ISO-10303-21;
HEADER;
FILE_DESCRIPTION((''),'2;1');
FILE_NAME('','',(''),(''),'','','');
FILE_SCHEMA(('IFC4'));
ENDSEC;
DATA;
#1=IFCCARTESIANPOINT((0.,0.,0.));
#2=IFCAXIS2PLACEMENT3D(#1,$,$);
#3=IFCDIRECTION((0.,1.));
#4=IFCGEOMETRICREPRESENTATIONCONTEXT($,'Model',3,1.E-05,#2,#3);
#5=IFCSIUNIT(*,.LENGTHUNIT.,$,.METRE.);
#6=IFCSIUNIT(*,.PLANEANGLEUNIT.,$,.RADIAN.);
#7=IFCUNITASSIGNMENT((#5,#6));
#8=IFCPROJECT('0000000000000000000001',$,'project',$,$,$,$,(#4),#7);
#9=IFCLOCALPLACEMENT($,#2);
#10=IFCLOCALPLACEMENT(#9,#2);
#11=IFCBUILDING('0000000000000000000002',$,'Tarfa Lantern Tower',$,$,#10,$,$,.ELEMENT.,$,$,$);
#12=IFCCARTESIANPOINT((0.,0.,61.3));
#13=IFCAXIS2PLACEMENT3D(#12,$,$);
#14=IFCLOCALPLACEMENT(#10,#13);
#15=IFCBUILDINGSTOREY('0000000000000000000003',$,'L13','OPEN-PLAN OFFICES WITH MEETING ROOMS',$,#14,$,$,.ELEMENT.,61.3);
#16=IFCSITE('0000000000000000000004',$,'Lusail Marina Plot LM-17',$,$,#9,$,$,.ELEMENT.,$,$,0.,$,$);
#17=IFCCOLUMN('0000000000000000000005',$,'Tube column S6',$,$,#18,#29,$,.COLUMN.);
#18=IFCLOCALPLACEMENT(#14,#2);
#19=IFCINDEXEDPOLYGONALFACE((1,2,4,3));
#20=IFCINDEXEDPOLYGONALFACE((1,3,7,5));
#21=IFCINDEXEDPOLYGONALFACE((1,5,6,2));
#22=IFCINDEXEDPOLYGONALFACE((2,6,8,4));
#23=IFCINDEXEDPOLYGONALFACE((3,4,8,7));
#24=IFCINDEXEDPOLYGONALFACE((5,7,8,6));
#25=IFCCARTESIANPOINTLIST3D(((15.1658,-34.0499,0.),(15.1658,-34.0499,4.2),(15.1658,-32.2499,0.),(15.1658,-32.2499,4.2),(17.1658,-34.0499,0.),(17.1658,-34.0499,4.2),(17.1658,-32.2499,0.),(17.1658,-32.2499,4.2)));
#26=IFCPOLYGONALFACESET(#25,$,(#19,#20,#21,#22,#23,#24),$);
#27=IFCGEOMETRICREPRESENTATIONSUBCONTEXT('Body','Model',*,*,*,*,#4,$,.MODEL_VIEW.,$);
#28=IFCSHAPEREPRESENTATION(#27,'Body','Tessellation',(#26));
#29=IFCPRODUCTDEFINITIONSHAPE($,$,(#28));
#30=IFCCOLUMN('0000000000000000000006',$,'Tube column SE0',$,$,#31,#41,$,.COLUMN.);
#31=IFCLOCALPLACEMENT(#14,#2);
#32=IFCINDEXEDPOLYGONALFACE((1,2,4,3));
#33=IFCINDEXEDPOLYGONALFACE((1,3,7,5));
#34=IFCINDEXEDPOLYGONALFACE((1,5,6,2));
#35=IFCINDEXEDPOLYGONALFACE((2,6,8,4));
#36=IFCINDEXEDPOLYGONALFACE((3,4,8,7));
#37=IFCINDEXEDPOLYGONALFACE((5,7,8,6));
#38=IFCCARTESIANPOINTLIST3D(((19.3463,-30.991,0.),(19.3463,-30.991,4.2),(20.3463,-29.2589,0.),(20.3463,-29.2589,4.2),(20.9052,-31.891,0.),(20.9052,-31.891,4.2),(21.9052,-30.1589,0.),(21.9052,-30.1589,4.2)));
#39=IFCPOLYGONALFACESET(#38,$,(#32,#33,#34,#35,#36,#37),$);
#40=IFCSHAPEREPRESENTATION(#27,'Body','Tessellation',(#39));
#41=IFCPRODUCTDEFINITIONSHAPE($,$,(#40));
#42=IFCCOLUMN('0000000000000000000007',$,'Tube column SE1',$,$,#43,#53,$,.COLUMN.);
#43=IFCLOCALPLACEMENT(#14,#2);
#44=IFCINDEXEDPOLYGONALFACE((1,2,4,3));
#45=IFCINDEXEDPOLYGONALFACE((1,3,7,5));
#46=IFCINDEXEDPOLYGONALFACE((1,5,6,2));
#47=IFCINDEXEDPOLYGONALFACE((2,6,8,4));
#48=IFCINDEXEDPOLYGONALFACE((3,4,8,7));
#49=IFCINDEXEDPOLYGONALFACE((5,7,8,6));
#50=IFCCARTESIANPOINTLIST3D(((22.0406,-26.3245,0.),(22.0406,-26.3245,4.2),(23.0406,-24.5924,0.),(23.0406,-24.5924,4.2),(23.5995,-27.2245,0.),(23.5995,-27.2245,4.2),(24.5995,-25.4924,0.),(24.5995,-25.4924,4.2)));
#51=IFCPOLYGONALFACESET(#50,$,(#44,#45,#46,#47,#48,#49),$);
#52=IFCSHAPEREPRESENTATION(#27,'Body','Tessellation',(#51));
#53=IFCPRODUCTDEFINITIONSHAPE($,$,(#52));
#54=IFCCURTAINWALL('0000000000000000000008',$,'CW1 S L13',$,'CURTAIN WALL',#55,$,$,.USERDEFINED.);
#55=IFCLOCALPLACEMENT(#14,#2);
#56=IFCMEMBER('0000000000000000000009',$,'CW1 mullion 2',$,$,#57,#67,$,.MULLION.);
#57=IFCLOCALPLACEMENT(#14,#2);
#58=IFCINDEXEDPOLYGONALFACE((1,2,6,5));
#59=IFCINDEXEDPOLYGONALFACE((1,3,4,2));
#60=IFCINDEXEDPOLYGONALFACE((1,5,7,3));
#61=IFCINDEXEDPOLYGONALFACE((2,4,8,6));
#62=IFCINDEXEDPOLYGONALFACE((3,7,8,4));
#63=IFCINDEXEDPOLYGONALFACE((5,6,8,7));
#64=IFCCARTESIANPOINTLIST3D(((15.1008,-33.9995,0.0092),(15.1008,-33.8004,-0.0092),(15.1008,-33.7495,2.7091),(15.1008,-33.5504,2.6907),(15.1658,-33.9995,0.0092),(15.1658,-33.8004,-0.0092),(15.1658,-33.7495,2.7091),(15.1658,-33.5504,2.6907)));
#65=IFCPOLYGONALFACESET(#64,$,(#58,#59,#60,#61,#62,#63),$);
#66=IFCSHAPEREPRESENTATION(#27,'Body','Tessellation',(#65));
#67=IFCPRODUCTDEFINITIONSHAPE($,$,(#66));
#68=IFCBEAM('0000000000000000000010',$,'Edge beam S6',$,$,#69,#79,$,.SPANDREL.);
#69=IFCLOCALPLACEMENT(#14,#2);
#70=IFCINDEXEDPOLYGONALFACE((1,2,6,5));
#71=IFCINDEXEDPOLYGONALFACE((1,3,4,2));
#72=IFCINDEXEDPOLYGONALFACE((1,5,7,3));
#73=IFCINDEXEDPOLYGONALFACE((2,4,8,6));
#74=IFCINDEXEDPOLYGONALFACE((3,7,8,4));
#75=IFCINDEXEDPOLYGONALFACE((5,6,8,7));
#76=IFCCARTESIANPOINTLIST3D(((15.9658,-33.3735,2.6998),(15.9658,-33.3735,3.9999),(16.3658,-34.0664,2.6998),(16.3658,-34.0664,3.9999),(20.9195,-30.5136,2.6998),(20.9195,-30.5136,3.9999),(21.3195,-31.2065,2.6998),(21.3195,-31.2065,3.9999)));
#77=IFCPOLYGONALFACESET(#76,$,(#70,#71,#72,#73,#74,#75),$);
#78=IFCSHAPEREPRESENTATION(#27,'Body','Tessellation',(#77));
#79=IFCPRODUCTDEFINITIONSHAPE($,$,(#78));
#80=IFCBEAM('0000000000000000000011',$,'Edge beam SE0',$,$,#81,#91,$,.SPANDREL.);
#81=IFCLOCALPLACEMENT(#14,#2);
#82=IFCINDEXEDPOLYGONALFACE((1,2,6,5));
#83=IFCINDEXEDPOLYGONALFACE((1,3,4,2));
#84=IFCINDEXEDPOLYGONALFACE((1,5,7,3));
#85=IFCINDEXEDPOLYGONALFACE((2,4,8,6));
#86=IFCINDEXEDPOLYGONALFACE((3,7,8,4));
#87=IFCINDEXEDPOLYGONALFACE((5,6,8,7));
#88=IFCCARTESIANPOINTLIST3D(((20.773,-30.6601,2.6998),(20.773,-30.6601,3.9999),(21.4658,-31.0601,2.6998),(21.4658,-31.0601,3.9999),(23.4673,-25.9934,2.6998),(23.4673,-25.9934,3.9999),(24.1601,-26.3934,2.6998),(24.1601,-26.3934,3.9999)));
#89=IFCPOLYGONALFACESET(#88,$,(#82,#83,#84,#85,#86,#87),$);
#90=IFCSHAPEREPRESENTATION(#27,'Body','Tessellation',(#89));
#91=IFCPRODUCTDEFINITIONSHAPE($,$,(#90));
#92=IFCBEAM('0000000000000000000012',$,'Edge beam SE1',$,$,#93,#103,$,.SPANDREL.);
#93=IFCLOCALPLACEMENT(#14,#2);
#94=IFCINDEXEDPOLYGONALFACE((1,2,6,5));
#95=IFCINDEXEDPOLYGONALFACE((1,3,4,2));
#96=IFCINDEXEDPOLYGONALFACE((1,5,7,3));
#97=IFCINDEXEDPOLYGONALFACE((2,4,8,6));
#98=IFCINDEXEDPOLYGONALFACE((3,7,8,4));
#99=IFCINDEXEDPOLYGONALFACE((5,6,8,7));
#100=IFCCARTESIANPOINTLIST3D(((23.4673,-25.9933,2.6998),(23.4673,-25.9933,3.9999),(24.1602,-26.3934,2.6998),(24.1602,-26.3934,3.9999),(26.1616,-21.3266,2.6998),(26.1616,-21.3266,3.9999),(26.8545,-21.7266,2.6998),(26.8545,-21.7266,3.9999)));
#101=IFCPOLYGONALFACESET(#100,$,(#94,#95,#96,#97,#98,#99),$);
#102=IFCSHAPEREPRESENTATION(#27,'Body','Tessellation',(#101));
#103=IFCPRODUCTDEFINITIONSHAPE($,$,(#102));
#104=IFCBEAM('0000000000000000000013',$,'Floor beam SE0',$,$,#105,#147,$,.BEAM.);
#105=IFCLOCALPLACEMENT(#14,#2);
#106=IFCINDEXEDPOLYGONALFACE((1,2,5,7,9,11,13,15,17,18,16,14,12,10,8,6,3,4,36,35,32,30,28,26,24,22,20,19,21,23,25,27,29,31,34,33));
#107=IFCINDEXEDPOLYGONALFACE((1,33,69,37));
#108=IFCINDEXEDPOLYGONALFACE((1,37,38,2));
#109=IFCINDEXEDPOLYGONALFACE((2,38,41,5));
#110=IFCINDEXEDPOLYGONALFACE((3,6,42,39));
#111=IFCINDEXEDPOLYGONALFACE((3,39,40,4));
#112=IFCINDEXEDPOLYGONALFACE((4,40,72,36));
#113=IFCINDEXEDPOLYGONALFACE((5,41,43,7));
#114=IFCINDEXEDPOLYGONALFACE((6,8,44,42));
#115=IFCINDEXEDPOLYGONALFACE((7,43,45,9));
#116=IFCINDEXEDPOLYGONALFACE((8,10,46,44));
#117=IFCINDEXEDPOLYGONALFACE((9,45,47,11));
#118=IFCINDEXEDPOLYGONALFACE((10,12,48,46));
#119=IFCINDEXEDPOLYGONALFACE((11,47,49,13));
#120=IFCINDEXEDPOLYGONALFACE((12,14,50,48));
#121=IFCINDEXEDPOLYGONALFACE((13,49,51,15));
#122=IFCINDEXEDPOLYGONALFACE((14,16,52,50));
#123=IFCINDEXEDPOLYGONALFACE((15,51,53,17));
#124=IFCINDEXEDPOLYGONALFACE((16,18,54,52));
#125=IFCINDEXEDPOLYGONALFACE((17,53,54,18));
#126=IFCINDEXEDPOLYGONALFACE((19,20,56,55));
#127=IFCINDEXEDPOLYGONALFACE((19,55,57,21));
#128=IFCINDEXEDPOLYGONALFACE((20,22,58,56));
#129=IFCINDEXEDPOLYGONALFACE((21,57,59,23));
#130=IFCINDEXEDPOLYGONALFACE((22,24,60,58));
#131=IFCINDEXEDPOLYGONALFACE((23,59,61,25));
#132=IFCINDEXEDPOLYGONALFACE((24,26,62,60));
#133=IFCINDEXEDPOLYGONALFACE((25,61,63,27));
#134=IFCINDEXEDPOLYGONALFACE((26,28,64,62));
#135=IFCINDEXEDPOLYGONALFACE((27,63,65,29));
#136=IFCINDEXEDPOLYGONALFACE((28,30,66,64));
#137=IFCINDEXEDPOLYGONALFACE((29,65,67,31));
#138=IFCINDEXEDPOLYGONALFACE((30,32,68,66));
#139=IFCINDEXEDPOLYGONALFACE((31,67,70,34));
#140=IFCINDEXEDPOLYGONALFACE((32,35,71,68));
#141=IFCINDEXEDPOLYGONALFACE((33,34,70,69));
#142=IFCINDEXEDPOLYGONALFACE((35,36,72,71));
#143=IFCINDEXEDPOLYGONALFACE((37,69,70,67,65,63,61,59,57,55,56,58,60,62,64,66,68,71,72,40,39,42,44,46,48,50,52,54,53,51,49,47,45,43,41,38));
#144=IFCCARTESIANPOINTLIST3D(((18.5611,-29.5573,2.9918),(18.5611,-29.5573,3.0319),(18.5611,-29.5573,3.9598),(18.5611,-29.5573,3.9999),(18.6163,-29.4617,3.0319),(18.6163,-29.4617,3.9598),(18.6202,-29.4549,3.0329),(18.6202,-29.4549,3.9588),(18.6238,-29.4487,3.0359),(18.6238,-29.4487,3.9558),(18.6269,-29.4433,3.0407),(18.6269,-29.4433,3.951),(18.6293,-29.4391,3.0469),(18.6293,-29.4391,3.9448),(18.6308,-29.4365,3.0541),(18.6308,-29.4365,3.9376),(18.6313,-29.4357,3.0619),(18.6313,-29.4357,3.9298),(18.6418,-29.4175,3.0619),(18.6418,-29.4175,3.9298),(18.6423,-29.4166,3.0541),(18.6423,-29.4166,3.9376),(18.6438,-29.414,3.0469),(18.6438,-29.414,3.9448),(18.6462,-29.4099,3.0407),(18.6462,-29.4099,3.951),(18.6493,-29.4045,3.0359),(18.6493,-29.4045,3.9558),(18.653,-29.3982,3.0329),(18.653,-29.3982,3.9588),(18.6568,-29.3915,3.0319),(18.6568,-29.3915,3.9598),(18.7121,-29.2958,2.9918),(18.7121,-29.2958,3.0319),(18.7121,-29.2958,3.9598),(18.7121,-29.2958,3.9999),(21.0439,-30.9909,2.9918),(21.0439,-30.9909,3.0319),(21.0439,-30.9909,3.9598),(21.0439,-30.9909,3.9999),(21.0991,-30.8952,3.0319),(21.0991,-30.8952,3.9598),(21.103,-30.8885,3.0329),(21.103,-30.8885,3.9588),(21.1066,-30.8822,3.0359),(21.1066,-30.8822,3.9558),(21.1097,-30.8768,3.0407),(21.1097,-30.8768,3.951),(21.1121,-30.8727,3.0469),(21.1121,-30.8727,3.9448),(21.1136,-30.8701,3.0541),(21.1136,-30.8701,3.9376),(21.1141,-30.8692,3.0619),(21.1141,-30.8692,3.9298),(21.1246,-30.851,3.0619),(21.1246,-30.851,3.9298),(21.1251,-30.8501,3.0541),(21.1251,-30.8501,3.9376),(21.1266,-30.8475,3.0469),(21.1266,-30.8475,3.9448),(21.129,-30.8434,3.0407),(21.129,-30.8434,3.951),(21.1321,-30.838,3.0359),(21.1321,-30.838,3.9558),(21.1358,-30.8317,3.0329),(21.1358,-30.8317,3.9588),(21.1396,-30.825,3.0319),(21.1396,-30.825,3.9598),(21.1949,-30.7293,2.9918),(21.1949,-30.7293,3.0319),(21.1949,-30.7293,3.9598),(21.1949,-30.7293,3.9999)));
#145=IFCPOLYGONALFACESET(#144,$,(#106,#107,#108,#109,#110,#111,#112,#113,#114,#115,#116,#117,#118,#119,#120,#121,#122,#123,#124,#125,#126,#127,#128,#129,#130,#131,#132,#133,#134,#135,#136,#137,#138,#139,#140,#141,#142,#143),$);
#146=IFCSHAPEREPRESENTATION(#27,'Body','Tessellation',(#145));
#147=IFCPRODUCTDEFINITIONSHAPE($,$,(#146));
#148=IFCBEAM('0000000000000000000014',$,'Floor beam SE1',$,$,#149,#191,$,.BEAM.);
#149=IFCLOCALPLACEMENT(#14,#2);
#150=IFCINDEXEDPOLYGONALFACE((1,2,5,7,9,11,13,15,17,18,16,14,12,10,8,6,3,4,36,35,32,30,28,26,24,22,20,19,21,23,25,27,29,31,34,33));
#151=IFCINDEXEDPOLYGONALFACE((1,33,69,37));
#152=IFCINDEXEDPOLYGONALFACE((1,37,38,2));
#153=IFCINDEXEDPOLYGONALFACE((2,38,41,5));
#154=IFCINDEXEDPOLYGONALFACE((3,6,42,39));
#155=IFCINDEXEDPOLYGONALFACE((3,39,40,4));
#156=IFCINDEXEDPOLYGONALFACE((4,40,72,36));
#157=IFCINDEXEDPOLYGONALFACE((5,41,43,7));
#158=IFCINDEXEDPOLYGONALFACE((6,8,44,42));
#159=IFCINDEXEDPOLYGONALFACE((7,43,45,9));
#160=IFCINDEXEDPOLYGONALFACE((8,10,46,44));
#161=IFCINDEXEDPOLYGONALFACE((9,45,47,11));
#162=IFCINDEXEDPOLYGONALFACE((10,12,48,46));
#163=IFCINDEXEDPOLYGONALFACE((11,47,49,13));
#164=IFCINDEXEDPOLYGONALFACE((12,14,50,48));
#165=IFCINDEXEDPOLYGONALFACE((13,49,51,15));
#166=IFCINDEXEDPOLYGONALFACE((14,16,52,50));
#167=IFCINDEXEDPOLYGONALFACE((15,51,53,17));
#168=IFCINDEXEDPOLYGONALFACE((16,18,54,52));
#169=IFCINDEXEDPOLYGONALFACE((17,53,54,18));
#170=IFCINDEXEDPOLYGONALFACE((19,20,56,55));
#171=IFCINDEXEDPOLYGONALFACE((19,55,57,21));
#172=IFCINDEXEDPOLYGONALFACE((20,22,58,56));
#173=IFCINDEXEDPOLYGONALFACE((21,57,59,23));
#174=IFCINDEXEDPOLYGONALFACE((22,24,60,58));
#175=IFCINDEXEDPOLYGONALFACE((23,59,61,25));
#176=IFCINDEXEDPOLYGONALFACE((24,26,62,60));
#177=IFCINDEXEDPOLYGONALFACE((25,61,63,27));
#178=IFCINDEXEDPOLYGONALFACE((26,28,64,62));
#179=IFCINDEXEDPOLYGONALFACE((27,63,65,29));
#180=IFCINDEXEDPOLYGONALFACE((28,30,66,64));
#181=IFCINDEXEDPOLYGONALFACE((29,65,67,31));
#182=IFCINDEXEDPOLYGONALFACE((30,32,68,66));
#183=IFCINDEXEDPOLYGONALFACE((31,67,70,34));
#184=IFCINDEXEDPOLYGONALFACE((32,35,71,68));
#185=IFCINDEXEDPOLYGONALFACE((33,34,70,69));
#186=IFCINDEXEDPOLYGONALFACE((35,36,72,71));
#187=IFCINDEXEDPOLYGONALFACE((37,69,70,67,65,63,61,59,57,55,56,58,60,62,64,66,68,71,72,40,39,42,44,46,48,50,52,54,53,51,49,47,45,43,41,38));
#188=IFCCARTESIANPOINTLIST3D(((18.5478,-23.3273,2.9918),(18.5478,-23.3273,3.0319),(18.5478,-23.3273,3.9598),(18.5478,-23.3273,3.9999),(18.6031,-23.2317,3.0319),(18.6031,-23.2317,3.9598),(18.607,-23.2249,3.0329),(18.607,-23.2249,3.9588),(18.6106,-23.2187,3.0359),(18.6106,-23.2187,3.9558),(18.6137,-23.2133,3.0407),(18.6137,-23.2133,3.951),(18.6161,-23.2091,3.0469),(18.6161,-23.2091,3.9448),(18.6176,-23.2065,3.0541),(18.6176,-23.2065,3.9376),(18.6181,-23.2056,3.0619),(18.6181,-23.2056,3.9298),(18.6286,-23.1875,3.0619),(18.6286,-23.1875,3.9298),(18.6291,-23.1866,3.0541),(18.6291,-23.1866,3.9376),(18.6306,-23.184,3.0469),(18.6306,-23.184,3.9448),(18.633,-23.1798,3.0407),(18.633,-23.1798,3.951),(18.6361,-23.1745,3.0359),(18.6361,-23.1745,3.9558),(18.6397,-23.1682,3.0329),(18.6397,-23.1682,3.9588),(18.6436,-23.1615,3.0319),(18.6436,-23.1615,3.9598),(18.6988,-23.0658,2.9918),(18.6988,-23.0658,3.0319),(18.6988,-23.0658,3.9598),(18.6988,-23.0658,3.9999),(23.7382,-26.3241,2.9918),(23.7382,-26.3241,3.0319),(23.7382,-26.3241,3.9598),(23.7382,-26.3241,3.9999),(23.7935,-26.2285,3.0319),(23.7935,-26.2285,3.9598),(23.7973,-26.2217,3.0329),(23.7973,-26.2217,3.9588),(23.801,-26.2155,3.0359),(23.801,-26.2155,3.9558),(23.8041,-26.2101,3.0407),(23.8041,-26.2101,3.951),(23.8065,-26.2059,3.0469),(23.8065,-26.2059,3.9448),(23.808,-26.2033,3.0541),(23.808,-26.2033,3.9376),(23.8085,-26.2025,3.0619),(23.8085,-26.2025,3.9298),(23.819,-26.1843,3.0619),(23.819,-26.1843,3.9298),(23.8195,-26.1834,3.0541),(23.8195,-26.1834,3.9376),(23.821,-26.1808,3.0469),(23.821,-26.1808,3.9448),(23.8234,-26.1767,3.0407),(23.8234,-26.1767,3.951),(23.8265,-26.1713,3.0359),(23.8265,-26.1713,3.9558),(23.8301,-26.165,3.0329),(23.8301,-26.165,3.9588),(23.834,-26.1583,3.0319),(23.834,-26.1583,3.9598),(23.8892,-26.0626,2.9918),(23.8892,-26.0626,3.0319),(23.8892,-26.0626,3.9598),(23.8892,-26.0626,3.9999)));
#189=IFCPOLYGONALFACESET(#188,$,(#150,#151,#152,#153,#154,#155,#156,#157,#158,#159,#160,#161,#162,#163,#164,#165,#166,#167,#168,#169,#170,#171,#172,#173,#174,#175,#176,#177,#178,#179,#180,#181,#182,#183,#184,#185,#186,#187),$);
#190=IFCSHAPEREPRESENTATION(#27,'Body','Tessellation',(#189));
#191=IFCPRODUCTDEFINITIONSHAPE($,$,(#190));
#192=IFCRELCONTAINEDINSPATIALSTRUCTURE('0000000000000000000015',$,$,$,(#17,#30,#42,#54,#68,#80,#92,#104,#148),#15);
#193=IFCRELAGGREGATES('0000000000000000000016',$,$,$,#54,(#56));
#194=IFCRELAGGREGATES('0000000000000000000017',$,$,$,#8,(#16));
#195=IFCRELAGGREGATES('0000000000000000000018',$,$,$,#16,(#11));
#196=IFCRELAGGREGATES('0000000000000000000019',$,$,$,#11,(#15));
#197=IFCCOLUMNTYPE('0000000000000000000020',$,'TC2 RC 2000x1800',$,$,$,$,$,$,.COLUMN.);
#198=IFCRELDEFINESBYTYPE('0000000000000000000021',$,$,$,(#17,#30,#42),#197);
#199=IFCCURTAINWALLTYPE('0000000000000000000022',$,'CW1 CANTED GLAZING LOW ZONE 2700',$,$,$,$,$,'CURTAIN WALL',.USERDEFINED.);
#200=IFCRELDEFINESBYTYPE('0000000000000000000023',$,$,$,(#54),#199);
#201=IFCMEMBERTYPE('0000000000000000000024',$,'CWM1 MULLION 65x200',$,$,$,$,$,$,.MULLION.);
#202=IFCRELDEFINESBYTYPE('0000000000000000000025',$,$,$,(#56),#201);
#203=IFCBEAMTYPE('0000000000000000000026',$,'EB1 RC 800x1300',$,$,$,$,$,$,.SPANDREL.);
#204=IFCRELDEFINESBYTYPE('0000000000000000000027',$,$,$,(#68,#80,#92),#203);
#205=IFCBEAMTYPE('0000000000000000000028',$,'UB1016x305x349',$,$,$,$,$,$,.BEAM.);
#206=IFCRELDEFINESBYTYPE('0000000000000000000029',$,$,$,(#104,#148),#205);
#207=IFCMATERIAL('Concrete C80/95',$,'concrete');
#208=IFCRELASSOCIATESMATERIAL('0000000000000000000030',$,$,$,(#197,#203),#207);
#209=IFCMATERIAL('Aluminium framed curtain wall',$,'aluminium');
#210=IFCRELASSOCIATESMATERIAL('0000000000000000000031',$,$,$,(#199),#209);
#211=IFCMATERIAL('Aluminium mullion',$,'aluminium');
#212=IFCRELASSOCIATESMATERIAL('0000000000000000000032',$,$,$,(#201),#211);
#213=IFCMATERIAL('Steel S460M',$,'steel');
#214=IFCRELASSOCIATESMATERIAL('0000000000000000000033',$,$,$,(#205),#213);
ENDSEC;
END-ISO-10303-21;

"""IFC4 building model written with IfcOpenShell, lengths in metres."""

from ifc_helpers import new_model, si_unit, direction, frame, origin, origin_2d, place, context, subcontext, project, spatial, rectangle, i_section, extrude, material, material_profile, profile_set, type_object, element, aggregate, save


model = new_model("IFC4")

# Units and contexts
model_context = context("Model", 3, precision=1e-05, world=origin(), true_north=direction((0.0, 1.0)))
body_context = subcontext(model_context, "Body", "Model", "MODEL_VIEW")
ifc_project = project(units=[si_unit("LENGTHUNIT", "METRE"), si_unit("PLANEANGLEUNIT", "RADIAN")], contexts=[model_context])

# Site, building, storey
site_placement = place(None, origin())
site = spatial("IfcSite", under=ifc_project, at=site_placement, Name="Lusail Marina Plot LM-17", CompositionType="ELEMENT", RefElevation=0.0)
building_placement = place(site_placement, origin())
building = spatial("IfcBuilding", under=site, at=building_placement, Name="Tarfa Lantern Tower", CompositionType="ELEMENT")
storey_placement = place(building_placement, frame((0.0, 0.0, 61.3)))
storey = spatial("IfcBuildingStorey", under=building, at=storey_placement, Name="L13", Description="OPEN-PLAN OFFICES WITH MEETING ROOMS", CompositionType="ELEMENT", Elevation=61.3)

# Columns
ifc_material_1 = material(Name="Concrete C80/95", Category="concrete")
ifc_material_profile_1 = material_profile(ifc_material_1, rectangle(XDim=2.0, YDim=1.8, at=origin_2d()), Name="RC 2000x1800")
ifc_profile_set_1 = profile_set([ifc_material_profile_1], Name="Concrete C80/95")
column_type = type_object("IfcColumnType", Name="TC2 RC 2000x1800", PredefinedType="COLUMN", material=ifc_profile_set_1)
for number, where, z_axis, x_axis, name in (
    (1, (16.1658, -33.1499, 0.0), (0.0, 0.0, 1.0), (1.0, 0.0, 0.0), "Tube column S6"),
    (2, (20.6257, -30.575, 0.0), (0.0, 0.0, 1.0), (0.5, 0.866025, 0.0), "Tube column SE0"),
    (3, (23.3201, -25.9084, 0.0), (0.0, 0.0, 1.0), (0.5, 0.866025, 0.0), "Tube column SE1"),
):
    element("IfcColumn", number, at=place(storey_placement, frame(where, z_axis=z_axis, x_axis=x_axis)), inside=storey, type_object=column_type, Name=name, PredefinedType="COLUMN", context=body_context, shape_type="SweptSolid", body=[
        extrude(rectangle(XDim=2.0, YDim=1.8, at=origin_2d()), origin(), (0.0, 0.0, 1.0), 4.2),
    ])

# Curtain wall, member
ifc_material_2 = material(Name="Aluminium framed curtain wall", Category="aluminium")
curtain_wall_type = type_object("IfcCurtainWallType", Name="CW1 CANTED GLAZING LOW ZONE 2700", ElementType="CURTAIN WALL", PredefinedType="USERDEFINED", material=ifc_material_2)
curtain_wall_placement = place(storey_placement, origin())
curtain_wall = element("IfcCurtainWall", 4, at=curtain_wall_placement, inside=storey, type_object=curtain_wall_type, Name="CW1 S L13", ObjectType="CURTAIN WALL", PredefinedType="USERDEFINED")
ifc_material_3 = material(Name="Aluminium mullion", Category="aluminium")
ifc_material_profile_2 = material_profile(ifc_material_3, rectangle(XDim=0.0649, YDim=0.2, at=origin_2d()), Name="AL MULLION 65x200")
ifc_profile_set_2 = profile_set([ifc_material_profile_2], Name="Aluminium mullion")
member_type = type_object("IfcMemberType", Name="CWM1 MULLION 65x200", PredefinedType="MULLION", material=ifc_profile_set_2)
member_placement = place(storey_placement, frame((15.1333, -33.8999, 0.0), z_axis=(0.0, 0.0922, 0.995741), x_axis=(-1.0, 0.0, 0.0)))
member = element("IfcMember", 5, at=member_placement, type_object=member_type, Name="CW1 mullion 2", PredefinedType="MULLION", context=body_context, shape_type="SweptSolid", body=[
    extrude(rectangle(XDim=0.0649, YDim=0.2, at=origin_2d()), origin(), (0.0, 0.0, 1.0), 2.7114),
])
aggregate(curtain_wall, [member])

# Beams
ifc_material_profile_3 = material_profile(ifc_material_1, rectangle(XDim=0.8, YDim=1.3, at=origin_2d()), Name="RC 800x1300")
ifc_profile_set_3 = profile_set([ifc_material_profile_3], Name="Concrete C80/95")
beam_type_1 = type_object("IfcBeamType", Name="EB1 RC 800x1300", PredefinedType="SPANDREL", material=ifc_profile_set_3)
beam_1_placement = place(storey_placement, frame((16.1658, -33.72, 3.3499), z_axis=(0.866033, 0.499986, 0.0), x_axis=(-0.499986, 0.866033, 0.0)))
element("IfcBeam", 6, at=beam_1_placement, inside=storey, type_object=beam_type_1, Name="Edge beam S6", PredefinedType="SPANDREL", context=body_context, shape_type="SweptSolid", body=[
    extrude(rectangle(XDim=0.8, YDim=1.3, at=origin_2d()), origin(), (0.0, 0.0, 1.0), 5.72),
])
for number, where, z_axis, x_axis, name in (
    (7, (21.1194, -30.8601, 3.3499), (0.499998, 0.866026, 0.0), (-0.866026, 0.499998, 0.0), "Edge beam SE0"),
    (8, (23.8137, -26.1934, 3.3499), (0.499998, 0.866026, 0.0), (-0.866026, 0.499998, 0.0), "Edge beam SE1"),
):
    element("IfcBeam", number, at=place(storey_placement, frame(where, z_axis=z_axis, x_axis=x_axis)), inside=storey, type_object=beam_type_1, Name=name, PredefinedType="SPANDREL", context=body_context, shape_type="SweptSolid", body=[
        extrude(rectangle(XDim=0.8, YDim=1.3, at=origin_2d()), origin(), (0.0, 0.0, 1.0), 5.3887),
    ])
ifc_material_4 = material(Name="Steel S460M", Category="steel")
ifc_material_profile_4 = material_profile(ifc_material_4, i_section(OverallWidth=0.302, OverallDepth=1.0081, WebThickness=0.021, FlangeThickness=0.04, FilletRadius=0.03, at=origin_2d()), Name="UB1016x305x349")
ifc_profile_set_4 = profile_set([ifc_material_profile_4], Name="Steel S460M")
beam_type_2 = type_object("IfcBeamType", Name="UB1016x305x349", PredefinedType="BEAM", material=ifc_profile_set_4)
beam_2_placement = place(storey_placement, frame((21.1194, -30.8601, 3.4958), z_axis=(-0.866013, 0.500022, 0.0), x_axis=(-0.500022, -0.866013, 0.0)))
element("IfcBeam", 9, at=beam_2_placement, inside=storey, type_object=beam_type_2, Name="Floor beam SE0", PredefinedType="BEAM", context=body_context, shape_type="SweptSolid", body=[
    extrude(i_section(OverallWidth=0.302, OverallDepth=1.0081, WebThickness=0.021, FlangeThickness=0.04, FilletRadius=0.03, at=origin_2d()), origin(), (0.0, 0.0, 1.0), 2.8669),
])
beam_3_placement = place(storey_placement, frame((23.8137, -26.1934, 3.4958), z_axis=(-0.866016, 0.500016, 0.0), x_axis=(-0.500016, -0.866016, 0.0)))
element("IfcBeam", 10, at=beam_3_placement, inside=storey, type_object=beam_type_2, Name="Floor beam SE1", PredefinedType="BEAM", context=body_context, shape_type="SweptSolid", body=[
    extrude(i_section(OverallWidth=0.302, OverallDepth=1.0081, WebThickness=0.021, FlangeThickness=0.04, FilletRadius=0.03, at=origin_2d()), origin(), (0.0, 0.0, 1.0), 5.9934),
])

save(model, "model.ifc")
